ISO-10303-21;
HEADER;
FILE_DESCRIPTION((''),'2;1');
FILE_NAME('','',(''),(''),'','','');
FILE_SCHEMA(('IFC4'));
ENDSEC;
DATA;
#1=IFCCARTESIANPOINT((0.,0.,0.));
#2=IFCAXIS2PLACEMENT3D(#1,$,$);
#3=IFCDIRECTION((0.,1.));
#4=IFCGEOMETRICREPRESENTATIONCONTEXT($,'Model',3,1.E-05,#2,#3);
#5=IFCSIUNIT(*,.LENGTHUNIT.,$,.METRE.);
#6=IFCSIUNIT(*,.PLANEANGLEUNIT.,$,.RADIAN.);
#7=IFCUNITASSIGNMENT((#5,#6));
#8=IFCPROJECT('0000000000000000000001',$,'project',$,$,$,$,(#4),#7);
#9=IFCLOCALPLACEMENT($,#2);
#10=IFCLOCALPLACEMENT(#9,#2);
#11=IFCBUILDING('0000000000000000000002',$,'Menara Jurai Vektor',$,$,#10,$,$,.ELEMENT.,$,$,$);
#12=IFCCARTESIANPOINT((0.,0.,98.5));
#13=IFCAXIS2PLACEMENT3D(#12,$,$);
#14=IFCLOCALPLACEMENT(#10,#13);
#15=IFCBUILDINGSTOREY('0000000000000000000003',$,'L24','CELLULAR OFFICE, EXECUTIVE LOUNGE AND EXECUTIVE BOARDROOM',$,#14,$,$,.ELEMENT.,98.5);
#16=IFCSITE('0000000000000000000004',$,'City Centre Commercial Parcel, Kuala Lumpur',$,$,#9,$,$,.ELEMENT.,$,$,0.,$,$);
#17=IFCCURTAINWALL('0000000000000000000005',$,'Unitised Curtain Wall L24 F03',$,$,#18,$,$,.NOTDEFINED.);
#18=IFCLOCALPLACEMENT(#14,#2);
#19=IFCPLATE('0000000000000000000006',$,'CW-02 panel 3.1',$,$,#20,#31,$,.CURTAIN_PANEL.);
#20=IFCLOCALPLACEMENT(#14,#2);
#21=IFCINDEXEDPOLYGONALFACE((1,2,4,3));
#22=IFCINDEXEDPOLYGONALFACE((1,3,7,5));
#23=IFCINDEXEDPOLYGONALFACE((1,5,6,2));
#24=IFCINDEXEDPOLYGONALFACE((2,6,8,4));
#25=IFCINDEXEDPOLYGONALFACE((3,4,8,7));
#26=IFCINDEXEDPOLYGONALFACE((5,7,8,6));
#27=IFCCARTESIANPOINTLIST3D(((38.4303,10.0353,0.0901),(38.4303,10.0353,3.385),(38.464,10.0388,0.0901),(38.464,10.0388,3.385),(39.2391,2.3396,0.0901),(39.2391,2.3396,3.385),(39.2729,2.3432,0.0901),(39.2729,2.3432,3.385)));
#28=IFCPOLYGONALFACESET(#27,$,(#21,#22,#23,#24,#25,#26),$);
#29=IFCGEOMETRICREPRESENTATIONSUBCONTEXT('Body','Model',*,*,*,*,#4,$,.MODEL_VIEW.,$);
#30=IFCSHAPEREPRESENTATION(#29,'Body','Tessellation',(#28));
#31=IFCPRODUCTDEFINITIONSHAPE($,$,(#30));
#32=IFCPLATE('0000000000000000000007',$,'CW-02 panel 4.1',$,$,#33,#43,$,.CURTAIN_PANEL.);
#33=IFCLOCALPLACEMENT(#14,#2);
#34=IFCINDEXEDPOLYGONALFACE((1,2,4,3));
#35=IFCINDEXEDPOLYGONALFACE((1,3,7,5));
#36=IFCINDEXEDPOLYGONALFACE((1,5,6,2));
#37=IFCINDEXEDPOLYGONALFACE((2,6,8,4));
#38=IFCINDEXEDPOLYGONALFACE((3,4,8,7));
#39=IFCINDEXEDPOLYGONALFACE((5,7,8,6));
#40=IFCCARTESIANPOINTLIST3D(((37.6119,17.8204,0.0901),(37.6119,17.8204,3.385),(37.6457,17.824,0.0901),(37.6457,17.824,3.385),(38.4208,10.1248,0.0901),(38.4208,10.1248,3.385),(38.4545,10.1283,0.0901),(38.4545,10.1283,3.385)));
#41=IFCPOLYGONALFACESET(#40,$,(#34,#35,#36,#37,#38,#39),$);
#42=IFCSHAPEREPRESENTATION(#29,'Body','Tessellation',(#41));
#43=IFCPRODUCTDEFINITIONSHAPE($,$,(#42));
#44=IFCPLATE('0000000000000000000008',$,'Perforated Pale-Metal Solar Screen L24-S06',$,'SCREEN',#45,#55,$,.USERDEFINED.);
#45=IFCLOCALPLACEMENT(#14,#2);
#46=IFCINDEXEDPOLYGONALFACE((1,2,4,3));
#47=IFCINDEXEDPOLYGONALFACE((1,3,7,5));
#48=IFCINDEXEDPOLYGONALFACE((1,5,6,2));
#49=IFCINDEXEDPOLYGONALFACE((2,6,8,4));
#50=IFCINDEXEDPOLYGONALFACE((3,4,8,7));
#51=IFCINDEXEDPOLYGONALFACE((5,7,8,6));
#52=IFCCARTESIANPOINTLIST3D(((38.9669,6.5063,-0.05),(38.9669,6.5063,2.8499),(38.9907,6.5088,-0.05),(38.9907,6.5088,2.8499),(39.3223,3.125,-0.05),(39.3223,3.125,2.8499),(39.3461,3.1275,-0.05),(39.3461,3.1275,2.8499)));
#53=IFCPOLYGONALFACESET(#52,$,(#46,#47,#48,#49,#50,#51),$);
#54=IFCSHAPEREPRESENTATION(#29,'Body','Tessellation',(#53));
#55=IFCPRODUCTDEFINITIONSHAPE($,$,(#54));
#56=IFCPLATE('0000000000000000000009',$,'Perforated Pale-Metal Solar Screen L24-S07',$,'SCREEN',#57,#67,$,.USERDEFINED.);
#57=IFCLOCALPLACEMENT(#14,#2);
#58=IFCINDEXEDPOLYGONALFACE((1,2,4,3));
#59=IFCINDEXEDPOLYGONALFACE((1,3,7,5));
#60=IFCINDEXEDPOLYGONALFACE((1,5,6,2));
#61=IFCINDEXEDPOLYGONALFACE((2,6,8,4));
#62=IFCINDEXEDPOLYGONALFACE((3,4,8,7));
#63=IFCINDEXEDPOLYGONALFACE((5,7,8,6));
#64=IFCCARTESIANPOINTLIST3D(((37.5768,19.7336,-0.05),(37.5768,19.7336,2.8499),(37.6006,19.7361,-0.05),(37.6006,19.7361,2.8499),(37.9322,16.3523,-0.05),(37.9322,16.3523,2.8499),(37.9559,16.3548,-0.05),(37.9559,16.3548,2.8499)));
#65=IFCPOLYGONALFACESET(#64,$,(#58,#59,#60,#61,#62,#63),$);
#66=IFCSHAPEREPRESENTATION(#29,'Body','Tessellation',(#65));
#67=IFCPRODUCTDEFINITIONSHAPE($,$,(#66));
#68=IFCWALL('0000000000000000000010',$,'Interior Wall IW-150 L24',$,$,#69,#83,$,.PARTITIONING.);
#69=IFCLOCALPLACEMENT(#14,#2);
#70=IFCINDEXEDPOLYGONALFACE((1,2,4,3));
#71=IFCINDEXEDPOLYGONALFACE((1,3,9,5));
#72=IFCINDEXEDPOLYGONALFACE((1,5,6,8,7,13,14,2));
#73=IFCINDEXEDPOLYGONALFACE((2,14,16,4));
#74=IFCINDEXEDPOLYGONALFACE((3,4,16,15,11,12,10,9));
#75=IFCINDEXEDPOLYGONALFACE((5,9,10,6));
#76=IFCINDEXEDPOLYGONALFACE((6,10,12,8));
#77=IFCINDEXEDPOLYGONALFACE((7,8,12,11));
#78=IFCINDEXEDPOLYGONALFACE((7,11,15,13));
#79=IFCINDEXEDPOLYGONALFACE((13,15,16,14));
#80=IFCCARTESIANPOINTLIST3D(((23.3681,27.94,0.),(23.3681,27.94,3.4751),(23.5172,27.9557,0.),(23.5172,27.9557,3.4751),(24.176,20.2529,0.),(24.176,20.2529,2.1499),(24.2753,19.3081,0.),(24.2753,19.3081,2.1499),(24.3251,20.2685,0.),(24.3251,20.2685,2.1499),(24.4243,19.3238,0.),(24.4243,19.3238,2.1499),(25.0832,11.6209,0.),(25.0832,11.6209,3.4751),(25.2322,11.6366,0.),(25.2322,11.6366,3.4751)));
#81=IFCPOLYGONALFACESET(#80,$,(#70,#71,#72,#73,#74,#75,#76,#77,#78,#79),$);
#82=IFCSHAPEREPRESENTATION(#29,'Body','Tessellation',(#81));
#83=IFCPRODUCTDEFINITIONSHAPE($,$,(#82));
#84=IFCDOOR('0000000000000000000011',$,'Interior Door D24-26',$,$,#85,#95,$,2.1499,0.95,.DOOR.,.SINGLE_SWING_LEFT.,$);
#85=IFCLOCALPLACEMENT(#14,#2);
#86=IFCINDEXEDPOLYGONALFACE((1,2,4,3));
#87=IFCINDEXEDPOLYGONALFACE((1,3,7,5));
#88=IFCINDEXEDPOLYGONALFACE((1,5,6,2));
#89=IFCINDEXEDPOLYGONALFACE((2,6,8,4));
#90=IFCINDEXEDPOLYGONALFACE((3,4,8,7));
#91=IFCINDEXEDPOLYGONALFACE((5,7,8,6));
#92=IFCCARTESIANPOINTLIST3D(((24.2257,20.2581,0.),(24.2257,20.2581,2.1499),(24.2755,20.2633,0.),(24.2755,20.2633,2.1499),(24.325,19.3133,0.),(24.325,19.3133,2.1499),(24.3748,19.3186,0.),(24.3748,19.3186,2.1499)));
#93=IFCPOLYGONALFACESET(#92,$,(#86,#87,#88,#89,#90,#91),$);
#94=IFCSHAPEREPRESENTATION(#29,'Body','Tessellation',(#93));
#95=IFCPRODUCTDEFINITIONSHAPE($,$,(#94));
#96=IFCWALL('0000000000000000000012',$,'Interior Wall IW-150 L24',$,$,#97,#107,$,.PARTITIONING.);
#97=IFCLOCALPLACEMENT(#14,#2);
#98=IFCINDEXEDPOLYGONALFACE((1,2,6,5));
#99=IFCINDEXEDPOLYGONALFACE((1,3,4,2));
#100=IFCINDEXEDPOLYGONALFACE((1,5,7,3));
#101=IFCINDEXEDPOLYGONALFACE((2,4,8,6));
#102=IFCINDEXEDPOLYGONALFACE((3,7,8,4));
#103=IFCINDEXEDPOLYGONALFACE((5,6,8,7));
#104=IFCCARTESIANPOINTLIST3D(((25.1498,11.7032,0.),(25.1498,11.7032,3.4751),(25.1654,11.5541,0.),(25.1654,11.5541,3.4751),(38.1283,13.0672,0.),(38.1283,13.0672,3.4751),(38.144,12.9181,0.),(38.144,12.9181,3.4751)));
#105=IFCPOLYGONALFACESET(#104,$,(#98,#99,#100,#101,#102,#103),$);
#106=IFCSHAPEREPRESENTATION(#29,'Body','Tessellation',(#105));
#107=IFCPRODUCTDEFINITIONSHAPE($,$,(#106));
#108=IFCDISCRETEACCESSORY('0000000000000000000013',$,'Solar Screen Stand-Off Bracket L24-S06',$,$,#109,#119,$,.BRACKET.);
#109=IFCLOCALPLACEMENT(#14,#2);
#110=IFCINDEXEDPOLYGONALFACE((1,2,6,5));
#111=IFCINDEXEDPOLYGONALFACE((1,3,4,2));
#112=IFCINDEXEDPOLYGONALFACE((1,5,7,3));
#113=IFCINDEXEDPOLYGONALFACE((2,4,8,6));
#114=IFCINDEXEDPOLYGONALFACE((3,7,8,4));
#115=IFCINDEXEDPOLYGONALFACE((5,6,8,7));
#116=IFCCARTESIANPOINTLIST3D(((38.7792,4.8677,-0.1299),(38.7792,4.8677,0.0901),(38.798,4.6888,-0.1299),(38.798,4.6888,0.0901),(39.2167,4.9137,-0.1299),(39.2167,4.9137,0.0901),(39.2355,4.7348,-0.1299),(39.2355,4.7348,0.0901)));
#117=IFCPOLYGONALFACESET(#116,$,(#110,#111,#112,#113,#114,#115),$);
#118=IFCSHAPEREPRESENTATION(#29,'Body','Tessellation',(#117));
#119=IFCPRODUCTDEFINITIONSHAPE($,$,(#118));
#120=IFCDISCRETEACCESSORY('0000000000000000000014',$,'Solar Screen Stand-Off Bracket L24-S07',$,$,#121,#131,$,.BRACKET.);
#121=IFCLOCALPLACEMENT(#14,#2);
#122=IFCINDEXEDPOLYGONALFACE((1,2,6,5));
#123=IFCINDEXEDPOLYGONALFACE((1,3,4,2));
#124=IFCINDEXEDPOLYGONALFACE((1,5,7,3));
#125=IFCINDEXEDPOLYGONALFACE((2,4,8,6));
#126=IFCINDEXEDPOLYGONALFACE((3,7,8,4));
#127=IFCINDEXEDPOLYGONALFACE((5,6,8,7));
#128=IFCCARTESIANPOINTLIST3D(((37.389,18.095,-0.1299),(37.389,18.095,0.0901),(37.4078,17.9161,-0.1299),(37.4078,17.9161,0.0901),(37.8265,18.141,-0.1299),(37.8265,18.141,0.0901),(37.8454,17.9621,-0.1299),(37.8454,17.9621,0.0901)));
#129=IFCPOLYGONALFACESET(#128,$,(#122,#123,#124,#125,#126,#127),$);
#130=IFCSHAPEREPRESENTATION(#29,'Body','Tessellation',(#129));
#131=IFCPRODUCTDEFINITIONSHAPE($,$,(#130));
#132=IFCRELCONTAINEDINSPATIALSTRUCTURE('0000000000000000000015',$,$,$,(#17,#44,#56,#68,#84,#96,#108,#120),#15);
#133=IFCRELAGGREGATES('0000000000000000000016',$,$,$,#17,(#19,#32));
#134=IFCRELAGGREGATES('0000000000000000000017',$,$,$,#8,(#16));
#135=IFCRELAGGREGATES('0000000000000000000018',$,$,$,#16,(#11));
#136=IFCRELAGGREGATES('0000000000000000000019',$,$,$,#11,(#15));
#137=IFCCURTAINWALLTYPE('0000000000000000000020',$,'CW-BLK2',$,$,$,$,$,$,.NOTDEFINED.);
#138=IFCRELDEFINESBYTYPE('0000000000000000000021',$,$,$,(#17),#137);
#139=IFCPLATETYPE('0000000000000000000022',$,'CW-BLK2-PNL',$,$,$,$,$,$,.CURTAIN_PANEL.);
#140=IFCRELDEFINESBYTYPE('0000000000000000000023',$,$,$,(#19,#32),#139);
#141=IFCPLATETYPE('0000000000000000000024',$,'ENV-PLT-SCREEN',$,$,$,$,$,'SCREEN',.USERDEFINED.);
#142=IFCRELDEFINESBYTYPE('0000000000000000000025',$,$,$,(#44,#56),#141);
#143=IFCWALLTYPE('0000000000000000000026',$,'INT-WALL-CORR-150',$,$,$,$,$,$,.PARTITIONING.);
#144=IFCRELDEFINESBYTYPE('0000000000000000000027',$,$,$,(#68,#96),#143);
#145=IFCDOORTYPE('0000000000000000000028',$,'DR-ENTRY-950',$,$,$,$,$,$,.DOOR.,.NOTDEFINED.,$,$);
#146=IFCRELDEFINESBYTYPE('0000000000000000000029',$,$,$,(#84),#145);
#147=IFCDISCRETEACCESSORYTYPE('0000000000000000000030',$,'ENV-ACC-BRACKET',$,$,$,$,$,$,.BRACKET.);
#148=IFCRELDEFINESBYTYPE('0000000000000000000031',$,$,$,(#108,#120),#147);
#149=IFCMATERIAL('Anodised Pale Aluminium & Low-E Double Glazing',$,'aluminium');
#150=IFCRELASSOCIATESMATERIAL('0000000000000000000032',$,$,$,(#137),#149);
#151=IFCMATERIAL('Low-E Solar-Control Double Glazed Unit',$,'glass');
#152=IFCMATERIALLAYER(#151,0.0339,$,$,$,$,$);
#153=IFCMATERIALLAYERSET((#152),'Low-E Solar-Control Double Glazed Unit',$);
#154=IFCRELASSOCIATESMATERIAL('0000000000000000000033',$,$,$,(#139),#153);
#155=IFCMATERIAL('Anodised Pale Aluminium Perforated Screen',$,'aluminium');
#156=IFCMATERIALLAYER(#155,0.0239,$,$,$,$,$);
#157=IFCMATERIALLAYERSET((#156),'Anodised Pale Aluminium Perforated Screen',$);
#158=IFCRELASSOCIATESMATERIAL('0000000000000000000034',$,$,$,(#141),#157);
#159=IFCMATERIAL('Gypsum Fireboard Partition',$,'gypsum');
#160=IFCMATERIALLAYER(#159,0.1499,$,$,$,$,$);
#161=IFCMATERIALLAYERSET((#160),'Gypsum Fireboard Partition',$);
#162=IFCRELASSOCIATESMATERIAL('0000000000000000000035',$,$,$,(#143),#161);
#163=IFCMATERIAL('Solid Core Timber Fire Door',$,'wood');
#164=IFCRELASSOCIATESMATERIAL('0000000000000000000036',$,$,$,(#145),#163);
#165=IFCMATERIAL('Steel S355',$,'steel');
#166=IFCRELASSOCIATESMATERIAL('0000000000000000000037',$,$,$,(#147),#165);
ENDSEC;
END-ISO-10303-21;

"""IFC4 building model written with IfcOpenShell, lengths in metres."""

from ifc_helpers import new_model, si_unit, direction, frame, frame_2d, origin, origin_2d, place, context, subcontext, project, spatial, rectangle, extrude, material, layer, layer_set, type_object, element, fill, aggregate, save


model = new_model("IFC4")

# Units and contexts
model_context = context("Model", 3, precision=1e-05, world=origin(), true_north=direction((0.0, 1.0)))
body_context = subcontext(model_context, "Body", "Model", "MODEL_VIEW")
ifc_project = project(units=[si_unit("LENGTHUNIT", "METRE"), si_unit("PLANEANGLEUNIT", "RADIAN")], contexts=[model_context])

# Site, building, storey
site_placement = place(None, origin())
site = spatial("IfcSite", under=ifc_project, at=site_placement, Name="City Centre Commercial Parcel, Kuala Lumpur", CompositionType="ELEMENT", RefElevation=0.0)
building_placement = place(site_placement, origin())
building = spatial("IfcBuilding", under=site, at=building_placement, Name="Menara Jurai Vektor", CompositionType="ELEMENT")
storey_placement = place(building_placement, frame((0.0, 0.0, 98.5)))
storey = spatial("IfcBuildingStorey", under=building, at=storey_placement, Name="L24", Description="CELLULAR OFFICE, EXECUTIVE LOUNGE AND EXECUTIVE BOARDROOM", CompositionType="ELEMENT", Elevation=98.5)

# Curtain wall
ifc_material_1 = material(Name="Anodised Pale Aluminium & Low-E Double Glazing", Category="aluminium")
curtain_wall_type = type_object("IfcCurtainWallType", Name="CW-BLK2", PredefinedType="NOTDEFINED", material=ifc_material_1)
curtain_wall_placement = place(storey_placement, origin())
curtain_wall = element("IfcCurtainWall", 1, at=curtain_wall_placement, inside=storey, type_object=curtain_wall_type, Name="Unitised Curtain Wall L24 F03", PredefinedType="NOTDEFINED")

# Shared definitions
ifc_material_2 = material(Name="Steel S355", Category="steel")

# Plates
ifc_material_3 = material(Name="Low-E Solar-Control Double Glazed Unit", Category="glass")
ifc_layer_1 = layer(ifc_material_3, 0.0339)
ifc_layer_set_1 = layer_set([ifc_layer_1], Name="Low-E Solar-Control Double Glazed Unit")
plate_type_1 = type_object("IfcPlateType", Name="CW-BLK2-PNL", PredefinedType="CURTAIN_PANEL", material=ifc_layer_set_1)
plate_1_placement = place(storey_placement, frame((38.8516, 6.1892, 0.0901), z_axis=(0.0, 0.0, 1.0), x_axis=(-0.10453, 0.994522, 0.0)))
plate_1 = element("IfcPlate", 2, at=plate_1_placement, type_object=plate_type_1, Name="CW-02 panel 3.1", PredefinedType="CURTAIN_PANEL", context=body_context, shape_type="SweptSolid", body=[
    extrude(rectangle(XDim=7.738, YDim=0.0339, at=origin_2d()), origin(), (0.0, 0.0, 1.0), 3.2949),
])
plate_2_placement = place(storey_placement, frame((38.0332, 13.9744, 0.0901), z_axis=(0.0, 0.0, 1.0), x_axis=(-0.10453, 0.994522, 0.0)))
plate_2 = element("IfcPlate", 3, at=plate_2_placement, type_object=plate_type_1, Name="CW-02 panel 4.1", PredefinedType="CURTAIN_PANEL", context=body_context, shape_type="SweptSolid", body=[
    extrude(rectangle(XDim=7.738, YDim=0.0339, at=origin_2d()), origin(), (0.0, 0.0, 1.0), 3.2949),
])
aggregate(curtain_wall, [plate_1, plate_2])

# Plates
ifc_material_4 = material(Name="Anodised Pale Aluminium Perforated Screen", Category="aluminium")
ifc_layer_2 = layer(ifc_material_4, 0.0239)
ifc_layer_set_2 = layer_set([ifc_layer_2], Name="Anodised Pale Aluminium Perforated Screen")
plate_type_2 = type_object("IfcPlateType", Name="ENV-PLT-SCREEN", ElementType="SCREEN", PredefinedType="USERDEFINED", material=ifc_layer_set_2)
for number, where, z_axis, x_axis, name in (
    (4, (39.1565, 4.8169, -0.05), (0.0, 0.0, 1.0), (-0.104528, 0.994522, 0.0), "Perforated Pale-Metal Solar Screen L24-S06"),
    (5, (37.7664, 18.0442, -0.05), (0.0, 0.0, 1.0), (-0.104528, 0.994522, 0.0), "Perforated Pale-Metal Solar Screen L24-S07"),
):
    element("IfcPlate", number, at=place(storey_placement, frame(where, z_axis=z_axis, x_axis=x_axis)), inside=storey, type_object=plate_type_2, Name=name, ObjectType="SCREEN", PredefinedType="USERDEFINED", context=body_context, shape_type="SweptSolid", body=[
        extrude(rectangle(XDim=3.3999, YDim=0.0239, at=origin_2d()), origin(), (0.0, 0.0, 1.0), 2.8999),
    ])

# Wall, opening, door
ifc_material_5 = material(Name="Gypsum Fireboard Partition", Category="gypsum")
ifc_layer_3 = layer(ifc_material_5, 0.1499)
ifc_layer_set_3 = layer_set([ifc_layer_3], Name="Gypsum Fireboard Partition")
wall_type = type_object("IfcWallType", Name="INT-WALL-CORR-150", PredefinedType="PARTITIONING", material=ifc_layer_set_3)
wall_1_placement = place(storey_placement, frame((25.1577, 11.6287, 0.0), z_axis=(0.0, 0.0, 1.0), x_axis=(-0.104521, 0.994523, 0.0)))
wall_1 = element("IfcWall", 6, at=wall_1_placement, inside=storey, type_object=wall_type, Name="Interior Wall IW-150 L24", PredefinedType="PARTITIONING", context=body_context, shape_type="SweptSolid", body=[
    extrude(rectangle(XDim=16.4089, YDim=0.1499, at=frame_2d((8.2046, 0.0))), origin(), (0.0, 0.0, 1.0), 3.4751),
])
opening_placement = place(wall_1_placement, frame((7.7295, 0.0, 0.0)))
opening = element("IfcOpeningElement", 7, at=opening_placement, cuts=wall_1, PredefinedType="OPENING", context=body_context, shape_type="SweptSolid", body=[
    extrude(rectangle(XDim=0.95, YDim=2.1499, at=frame_2d((0.4751, 1.075))), frame((0.0, 0.085, 0.0), z_axis=(0.0, -1.0, 0.0), x_axis=(1.0, 0.0, 0.0)), (0.0, 0.0, 1.0), 0.1699),
])
ifc_material_6 = material(Name="Solid Core Timber Fire Door", Category="wood")
door_type = type_object("IfcDoorType", Name="DR-ENTRY-950", OperationType="NOTDEFINED", PredefinedType="DOOR", material=ifc_material_6)
door_placement = place(opening_placement, origin())
door = element("IfcDoor", 8, at=door_placement, inside=storey, type_object=door_type, Name="Interior Door D24-26", OperationType="SINGLE_SWING_LEFT", OverallHeight=2.1499, OverallWidth=0.95, PredefinedType="DOOR", context=body_context, shape_type="SweptSolid", body=[
    extrude(rectangle(XDim=0.95, YDim=2.1499, at=frame_2d((0.4751, 1.075))), frame((0.0, 0.0249, 0.0), z_axis=(0.0, -1.0, 0.0), x_axis=(1.0, 0.0, 0.0)), (0.0, 0.0, 1.0), 0.05),
])
fill(opening, door)

# Wall
wall_2_placement = place(storey_placement, frame((25.1577, 11.6287, 0.0), z_axis=(0.0, 0.0, 1.0), x_axis=(0.994523, 0.104522, 0.0)))
element("IfcWall", 9, at=wall_2_placement, inside=storey, type_object=wall_type, Name="Interior Wall IW-150 L24", PredefinedType="PARTITIONING", context=body_context, shape_type="SweptSolid", body=[
    extrude(rectangle(XDim=13.05, YDim=0.1499, at=frame_2d((6.5249, 0.0))), origin(), (0.0, 0.0, 1.0), 3.4751),
])

# Discrete accessories
discrete_accessory_type = type_object("IfcDiscreteAccessoryType", Name="ENV-ACC-BRACKET", PredefinedType="BRACKET", material=ifc_material_2)
for number, where, z_axis, x_axis, name in (
    (10, (39.0073, 4.8013, -0.1299), (0.0, 0.0, 1.0), (-0.104528, 0.994522, 0.0), "Solar Screen Stand-Off Bracket L24-S06"),
    (11, (37.6172, 18.0286, -0.1299), (0.0, 0.0, 1.0), (-0.104528, 0.994522, 0.0), "Solar Screen Stand-Off Bracket L24-S07"),
):
    element("IfcDiscreteAccessory", number, at=place(storey_placement, frame(where, z_axis=z_axis, x_axis=x_axis)), inside=storey, type_object=discrete_accessory_type, Name=name, PredefinedType="BRACKET", context=body_context, shape_type="SweptSolid", body=[
        extrude(rectangle(XDim=0.1799, YDim=0.4399, at=origin_2d()), origin(), (0.0, 0.0, 1.0), 0.22),
    ])

save(model, "model.ifc")
